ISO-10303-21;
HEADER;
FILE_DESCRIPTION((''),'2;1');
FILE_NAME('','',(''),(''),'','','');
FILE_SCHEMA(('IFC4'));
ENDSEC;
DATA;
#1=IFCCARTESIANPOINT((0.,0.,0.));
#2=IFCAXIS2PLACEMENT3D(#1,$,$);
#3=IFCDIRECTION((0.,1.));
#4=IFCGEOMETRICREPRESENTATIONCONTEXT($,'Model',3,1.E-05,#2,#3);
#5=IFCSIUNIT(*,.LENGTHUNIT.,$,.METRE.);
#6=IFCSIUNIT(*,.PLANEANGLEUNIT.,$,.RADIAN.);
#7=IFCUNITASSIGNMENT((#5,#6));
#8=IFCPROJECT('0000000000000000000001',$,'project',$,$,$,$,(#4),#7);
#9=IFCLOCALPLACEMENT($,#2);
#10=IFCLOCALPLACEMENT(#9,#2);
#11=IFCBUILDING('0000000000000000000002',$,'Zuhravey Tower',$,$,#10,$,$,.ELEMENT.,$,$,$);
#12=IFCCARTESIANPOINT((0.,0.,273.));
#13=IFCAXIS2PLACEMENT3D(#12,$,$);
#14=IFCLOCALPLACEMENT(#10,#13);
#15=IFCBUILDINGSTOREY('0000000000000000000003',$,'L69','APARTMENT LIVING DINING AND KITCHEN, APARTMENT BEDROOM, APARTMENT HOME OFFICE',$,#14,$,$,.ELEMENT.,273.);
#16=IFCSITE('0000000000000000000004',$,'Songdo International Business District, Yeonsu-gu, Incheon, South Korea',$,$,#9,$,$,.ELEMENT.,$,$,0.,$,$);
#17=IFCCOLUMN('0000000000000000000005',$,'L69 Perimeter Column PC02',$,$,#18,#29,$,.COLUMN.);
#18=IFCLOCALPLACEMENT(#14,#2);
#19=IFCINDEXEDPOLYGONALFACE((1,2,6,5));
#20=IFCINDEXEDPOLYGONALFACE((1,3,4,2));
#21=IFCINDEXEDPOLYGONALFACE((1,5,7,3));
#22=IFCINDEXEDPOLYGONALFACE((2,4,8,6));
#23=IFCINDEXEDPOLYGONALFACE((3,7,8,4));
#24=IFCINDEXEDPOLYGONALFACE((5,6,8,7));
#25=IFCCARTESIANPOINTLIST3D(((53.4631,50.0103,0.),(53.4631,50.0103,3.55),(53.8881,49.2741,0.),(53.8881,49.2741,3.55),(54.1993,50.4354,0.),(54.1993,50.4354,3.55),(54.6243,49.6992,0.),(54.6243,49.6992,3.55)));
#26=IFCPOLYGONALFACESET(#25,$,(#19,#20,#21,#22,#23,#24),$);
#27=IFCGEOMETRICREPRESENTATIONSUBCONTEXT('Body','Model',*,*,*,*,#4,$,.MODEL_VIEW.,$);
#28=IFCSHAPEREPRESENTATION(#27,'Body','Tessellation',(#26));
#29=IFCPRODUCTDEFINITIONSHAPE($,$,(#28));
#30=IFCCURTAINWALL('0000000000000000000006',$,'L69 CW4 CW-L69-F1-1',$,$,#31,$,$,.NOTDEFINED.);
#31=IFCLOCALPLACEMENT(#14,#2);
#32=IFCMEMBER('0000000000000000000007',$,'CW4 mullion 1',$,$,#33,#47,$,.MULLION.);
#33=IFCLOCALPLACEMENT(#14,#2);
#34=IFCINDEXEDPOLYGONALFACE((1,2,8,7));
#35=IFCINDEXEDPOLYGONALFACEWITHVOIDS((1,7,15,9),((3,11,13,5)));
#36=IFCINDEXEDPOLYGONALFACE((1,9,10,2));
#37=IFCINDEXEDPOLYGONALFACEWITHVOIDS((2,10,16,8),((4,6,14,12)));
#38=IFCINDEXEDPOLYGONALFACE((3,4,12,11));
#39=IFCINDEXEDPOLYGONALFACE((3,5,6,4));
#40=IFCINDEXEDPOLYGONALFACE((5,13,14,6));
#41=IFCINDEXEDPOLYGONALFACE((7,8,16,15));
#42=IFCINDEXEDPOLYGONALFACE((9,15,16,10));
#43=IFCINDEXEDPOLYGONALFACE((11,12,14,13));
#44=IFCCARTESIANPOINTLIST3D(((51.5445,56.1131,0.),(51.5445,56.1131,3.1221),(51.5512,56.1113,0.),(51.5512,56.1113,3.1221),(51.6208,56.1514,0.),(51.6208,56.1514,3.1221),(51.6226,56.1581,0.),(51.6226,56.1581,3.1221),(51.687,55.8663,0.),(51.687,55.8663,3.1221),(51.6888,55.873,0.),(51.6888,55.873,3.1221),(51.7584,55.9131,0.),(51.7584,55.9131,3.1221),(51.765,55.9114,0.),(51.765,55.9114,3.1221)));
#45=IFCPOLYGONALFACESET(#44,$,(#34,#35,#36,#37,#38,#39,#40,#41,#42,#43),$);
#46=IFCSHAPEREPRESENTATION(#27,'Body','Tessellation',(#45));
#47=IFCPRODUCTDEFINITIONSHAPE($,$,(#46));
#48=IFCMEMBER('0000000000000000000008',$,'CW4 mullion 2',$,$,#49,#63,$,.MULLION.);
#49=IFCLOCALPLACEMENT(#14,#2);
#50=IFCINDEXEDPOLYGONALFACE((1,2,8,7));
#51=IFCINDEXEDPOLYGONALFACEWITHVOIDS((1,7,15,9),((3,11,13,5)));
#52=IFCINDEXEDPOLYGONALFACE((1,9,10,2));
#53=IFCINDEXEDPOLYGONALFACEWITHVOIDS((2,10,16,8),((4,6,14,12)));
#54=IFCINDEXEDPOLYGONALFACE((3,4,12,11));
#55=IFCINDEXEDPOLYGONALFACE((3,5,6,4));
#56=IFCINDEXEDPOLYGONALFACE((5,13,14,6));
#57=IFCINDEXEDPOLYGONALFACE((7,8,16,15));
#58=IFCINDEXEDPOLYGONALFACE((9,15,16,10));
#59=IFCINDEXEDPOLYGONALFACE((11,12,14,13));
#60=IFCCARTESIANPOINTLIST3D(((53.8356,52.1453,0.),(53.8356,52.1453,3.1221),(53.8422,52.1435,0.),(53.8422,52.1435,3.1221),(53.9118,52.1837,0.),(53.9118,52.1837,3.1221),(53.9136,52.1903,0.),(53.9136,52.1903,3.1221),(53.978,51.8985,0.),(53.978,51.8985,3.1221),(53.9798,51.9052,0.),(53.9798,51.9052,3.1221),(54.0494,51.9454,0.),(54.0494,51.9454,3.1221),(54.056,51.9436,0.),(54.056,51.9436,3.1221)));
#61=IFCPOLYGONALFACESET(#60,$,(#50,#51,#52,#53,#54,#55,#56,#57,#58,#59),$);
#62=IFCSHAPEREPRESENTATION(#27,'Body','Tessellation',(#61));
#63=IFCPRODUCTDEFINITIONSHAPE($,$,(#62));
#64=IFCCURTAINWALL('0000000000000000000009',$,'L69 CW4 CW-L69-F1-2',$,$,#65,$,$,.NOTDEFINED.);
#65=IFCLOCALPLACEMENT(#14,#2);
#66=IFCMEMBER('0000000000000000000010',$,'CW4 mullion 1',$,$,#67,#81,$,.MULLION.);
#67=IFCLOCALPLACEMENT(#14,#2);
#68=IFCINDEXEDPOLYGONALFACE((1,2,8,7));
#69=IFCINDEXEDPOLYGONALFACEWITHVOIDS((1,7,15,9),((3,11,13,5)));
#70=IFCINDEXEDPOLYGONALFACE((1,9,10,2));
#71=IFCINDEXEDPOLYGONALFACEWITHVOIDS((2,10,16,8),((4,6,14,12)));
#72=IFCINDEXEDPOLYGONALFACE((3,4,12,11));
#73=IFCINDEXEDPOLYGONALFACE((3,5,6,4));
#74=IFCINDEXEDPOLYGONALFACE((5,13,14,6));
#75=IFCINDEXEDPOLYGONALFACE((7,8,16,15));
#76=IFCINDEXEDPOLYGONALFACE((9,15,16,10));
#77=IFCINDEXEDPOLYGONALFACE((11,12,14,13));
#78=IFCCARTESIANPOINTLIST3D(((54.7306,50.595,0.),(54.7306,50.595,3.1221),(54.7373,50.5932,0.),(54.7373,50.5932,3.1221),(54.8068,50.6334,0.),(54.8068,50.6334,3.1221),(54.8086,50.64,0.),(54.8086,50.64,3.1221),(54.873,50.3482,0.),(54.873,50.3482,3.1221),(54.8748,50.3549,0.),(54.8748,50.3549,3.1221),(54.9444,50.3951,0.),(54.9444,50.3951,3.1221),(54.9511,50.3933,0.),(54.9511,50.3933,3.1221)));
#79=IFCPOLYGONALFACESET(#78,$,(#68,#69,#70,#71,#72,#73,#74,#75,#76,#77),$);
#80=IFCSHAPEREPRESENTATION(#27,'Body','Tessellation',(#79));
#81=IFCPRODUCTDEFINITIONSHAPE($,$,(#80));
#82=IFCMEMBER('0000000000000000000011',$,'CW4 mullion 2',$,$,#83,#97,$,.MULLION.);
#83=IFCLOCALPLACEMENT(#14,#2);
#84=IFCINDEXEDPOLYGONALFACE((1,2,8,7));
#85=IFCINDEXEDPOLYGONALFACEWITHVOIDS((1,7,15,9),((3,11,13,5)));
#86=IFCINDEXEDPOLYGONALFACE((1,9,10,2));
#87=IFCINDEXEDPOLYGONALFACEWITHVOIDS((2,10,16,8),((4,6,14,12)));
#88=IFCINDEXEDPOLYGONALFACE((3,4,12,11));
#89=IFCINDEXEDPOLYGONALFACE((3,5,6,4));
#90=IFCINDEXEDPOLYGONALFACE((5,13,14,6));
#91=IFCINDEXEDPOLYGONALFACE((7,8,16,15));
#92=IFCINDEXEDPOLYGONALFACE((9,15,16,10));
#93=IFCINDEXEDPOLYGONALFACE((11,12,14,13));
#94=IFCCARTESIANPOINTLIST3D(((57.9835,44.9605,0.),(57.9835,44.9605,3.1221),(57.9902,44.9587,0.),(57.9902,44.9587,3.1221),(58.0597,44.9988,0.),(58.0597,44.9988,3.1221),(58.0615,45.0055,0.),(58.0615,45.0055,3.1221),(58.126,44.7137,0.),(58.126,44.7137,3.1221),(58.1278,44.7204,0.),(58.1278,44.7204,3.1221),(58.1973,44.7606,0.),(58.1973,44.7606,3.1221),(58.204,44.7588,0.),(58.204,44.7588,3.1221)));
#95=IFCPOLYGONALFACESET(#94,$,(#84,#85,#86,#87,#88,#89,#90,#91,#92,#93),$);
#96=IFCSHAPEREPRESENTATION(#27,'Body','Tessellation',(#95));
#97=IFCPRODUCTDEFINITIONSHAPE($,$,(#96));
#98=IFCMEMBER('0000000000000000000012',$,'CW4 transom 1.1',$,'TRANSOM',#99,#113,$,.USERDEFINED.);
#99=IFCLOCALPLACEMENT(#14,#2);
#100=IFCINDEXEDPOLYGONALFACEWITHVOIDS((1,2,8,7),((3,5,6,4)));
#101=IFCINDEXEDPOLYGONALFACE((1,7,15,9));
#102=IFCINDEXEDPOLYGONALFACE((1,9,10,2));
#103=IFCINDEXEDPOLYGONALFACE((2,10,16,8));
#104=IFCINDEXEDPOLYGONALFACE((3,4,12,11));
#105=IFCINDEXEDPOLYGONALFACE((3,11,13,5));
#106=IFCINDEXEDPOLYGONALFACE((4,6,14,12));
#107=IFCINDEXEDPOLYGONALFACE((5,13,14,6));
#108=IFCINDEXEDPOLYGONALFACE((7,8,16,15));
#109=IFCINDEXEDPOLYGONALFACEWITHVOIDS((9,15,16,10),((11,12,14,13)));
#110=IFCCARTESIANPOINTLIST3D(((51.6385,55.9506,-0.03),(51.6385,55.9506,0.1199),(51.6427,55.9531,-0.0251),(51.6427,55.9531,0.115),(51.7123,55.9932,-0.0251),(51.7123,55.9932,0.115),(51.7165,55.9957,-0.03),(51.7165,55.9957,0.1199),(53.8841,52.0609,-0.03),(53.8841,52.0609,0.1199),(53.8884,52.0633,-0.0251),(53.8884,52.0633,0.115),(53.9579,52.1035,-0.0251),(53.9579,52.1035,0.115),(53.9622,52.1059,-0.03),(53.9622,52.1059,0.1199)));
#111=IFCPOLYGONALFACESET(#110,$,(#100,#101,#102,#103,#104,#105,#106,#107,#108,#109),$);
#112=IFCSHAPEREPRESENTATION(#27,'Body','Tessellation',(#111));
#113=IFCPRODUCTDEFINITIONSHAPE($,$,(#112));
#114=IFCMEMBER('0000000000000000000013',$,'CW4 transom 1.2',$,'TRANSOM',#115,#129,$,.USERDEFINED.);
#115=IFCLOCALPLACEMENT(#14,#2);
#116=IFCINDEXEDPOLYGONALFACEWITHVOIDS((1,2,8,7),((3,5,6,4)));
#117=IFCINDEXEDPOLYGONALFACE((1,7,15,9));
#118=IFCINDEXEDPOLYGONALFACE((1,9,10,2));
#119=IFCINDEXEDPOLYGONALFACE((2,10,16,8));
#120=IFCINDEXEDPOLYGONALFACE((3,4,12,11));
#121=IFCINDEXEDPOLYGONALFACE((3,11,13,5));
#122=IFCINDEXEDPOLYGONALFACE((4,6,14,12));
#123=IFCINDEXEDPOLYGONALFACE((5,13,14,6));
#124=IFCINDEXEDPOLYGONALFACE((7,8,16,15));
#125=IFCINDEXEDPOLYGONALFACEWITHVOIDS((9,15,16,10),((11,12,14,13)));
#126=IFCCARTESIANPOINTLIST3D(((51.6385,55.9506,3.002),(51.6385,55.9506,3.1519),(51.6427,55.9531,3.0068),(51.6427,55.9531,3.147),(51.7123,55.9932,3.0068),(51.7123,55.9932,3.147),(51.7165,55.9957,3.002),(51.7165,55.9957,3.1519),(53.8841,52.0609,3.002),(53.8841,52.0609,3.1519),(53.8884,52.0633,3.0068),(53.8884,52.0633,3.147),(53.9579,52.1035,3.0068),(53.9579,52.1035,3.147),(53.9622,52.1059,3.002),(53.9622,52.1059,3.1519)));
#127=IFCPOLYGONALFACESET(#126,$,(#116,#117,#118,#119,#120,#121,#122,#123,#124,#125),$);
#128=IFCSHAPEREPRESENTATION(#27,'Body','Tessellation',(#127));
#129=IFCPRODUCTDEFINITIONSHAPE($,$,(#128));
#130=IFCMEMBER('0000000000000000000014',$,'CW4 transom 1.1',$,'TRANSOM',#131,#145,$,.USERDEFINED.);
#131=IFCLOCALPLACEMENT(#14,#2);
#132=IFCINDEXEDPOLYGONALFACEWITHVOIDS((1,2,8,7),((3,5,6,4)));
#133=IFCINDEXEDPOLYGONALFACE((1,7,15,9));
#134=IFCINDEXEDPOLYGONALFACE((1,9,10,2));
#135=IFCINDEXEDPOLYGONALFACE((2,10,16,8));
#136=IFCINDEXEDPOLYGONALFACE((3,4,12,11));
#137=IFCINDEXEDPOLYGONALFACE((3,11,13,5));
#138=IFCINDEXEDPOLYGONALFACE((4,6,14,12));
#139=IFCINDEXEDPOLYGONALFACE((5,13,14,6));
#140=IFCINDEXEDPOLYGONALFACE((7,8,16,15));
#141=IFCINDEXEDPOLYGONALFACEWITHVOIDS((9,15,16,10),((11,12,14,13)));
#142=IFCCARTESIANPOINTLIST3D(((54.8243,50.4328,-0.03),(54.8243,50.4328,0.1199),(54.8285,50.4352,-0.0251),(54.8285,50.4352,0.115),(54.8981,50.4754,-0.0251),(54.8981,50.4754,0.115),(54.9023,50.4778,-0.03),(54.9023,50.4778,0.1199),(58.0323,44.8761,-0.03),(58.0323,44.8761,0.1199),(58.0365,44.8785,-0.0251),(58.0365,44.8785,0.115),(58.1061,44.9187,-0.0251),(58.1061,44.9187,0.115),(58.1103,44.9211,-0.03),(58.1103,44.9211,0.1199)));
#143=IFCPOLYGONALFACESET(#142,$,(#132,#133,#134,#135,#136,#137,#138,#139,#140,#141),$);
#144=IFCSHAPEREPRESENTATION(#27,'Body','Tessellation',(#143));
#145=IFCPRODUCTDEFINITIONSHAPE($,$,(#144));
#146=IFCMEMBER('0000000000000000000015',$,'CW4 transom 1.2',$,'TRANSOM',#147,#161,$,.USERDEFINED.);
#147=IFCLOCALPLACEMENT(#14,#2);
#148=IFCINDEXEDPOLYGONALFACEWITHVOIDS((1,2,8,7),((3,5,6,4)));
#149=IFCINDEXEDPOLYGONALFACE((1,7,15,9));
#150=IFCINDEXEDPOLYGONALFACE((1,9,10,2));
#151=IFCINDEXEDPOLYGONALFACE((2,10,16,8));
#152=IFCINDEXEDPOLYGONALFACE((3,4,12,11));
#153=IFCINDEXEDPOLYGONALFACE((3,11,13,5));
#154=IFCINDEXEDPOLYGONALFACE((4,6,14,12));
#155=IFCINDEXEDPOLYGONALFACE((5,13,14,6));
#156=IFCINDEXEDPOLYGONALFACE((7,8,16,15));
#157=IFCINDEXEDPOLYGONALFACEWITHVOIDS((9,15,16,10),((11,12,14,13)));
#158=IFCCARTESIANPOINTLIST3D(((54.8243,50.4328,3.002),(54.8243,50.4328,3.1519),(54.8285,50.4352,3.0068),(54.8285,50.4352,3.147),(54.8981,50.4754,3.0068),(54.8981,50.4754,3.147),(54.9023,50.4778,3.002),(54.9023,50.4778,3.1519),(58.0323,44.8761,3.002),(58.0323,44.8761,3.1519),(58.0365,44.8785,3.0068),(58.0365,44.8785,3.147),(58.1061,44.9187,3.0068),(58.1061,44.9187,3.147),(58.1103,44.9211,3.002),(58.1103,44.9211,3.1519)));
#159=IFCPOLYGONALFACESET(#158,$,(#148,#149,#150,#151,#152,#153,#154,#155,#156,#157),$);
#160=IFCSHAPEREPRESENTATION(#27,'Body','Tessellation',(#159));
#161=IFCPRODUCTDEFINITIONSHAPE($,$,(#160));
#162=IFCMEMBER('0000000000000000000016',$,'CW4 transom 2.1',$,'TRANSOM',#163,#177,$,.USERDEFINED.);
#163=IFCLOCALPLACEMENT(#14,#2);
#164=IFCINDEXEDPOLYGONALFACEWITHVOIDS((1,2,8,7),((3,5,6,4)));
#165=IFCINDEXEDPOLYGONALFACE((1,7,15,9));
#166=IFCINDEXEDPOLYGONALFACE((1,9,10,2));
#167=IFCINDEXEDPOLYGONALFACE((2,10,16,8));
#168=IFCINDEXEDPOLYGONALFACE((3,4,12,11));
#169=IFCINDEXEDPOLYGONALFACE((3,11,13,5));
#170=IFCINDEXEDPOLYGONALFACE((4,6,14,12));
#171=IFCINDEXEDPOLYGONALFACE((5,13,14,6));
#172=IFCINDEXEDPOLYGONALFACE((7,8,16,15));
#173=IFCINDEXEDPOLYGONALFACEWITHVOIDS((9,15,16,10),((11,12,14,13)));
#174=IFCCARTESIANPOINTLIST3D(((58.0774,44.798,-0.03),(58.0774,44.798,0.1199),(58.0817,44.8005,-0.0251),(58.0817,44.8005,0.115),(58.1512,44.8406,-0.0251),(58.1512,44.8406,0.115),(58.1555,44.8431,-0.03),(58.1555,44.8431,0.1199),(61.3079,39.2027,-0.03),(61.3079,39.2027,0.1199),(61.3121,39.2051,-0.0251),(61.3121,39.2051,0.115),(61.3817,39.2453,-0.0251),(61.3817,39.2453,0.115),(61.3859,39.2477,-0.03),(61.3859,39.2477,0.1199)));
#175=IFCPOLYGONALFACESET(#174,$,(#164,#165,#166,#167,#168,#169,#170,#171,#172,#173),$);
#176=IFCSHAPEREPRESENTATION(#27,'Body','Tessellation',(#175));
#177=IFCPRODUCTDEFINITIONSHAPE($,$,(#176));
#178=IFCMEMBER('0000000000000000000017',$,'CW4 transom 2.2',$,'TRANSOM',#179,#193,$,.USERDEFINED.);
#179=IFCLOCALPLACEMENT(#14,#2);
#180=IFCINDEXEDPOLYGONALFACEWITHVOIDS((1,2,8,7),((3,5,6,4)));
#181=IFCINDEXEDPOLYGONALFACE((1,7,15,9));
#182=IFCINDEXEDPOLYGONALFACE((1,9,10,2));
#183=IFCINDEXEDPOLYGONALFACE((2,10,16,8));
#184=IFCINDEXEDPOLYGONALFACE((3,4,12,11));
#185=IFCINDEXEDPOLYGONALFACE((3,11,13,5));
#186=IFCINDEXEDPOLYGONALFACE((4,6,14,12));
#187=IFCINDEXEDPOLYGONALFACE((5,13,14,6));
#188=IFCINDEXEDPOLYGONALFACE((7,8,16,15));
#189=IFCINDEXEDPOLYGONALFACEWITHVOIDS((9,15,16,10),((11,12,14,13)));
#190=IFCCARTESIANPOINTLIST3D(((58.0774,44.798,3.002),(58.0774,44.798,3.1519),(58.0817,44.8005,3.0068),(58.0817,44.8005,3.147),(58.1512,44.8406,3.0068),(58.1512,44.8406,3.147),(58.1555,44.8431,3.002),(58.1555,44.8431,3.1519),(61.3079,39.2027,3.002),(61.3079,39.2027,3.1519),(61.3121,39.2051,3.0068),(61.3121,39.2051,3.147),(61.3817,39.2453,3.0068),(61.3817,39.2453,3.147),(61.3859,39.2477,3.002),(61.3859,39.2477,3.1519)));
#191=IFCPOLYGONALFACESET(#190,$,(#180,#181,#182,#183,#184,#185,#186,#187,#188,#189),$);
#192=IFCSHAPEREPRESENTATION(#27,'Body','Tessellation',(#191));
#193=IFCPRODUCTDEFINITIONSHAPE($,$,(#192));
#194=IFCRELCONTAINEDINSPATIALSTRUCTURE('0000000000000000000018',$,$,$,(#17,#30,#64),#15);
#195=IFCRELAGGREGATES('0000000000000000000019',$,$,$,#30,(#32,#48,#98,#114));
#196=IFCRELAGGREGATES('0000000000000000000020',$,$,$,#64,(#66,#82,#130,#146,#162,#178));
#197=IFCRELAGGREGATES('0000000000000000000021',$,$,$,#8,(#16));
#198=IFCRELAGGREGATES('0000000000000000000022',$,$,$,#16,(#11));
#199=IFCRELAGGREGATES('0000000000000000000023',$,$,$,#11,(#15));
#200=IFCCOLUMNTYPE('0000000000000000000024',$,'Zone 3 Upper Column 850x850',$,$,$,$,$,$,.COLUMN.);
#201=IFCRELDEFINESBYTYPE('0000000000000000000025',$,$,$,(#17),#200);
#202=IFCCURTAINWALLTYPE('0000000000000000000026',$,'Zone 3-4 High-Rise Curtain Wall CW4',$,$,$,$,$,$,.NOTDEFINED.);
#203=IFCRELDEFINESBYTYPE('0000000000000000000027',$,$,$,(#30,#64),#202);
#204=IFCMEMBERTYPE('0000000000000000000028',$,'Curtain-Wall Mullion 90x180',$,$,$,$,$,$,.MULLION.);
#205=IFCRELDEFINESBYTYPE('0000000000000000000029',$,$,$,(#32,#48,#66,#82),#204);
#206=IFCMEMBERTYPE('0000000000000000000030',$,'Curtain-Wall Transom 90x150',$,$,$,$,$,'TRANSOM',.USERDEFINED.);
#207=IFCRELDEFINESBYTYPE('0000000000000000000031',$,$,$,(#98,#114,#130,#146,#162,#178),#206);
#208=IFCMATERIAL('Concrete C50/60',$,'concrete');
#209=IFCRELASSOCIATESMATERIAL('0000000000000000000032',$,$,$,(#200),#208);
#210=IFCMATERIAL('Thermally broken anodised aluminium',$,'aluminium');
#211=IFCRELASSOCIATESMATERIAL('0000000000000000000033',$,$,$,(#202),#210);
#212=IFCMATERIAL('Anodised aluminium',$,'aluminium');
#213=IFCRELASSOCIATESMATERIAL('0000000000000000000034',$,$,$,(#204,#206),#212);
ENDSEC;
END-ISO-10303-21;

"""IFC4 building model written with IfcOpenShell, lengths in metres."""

from ifc_helpers import new_model, si_unit, direction, frame, origin, origin_2d, place, context, subcontext, project, spatial, rectangle, hollow_rectangle, extrude, material, material_profile, profile_set, type_object, element, aggregate, save


model = new_model("IFC4")

# Units and contexts
model_context = context("Model", 3, precision=1e-05, world=origin(), true_north=direction((0.0, 1.0)))
body_context = subcontext(model_context, "Body", "Model", "MODEL_VIEW")
ifc_project = project(units=[si_unit("LENGTHUNIT", "METRE"), si_unit("PLANEANGLEUNIT", "RADIAN")], contexts=[model_context])

# Site, building, storey
site_placement = place(None, origin())
site = spatial("IfcSite", under=ifc_project, at=site_placement, Name="Songdo International Business District, Yeonsu-gu, Incheon, South Korea", CompositionType="ELEMENT", RefElevation=0.0)
building_placement = place(site_placement, origin())
building = spatial("IfcBuilding", under=site, at=building_placement, Name="Zuhravey Tower", CompositionType="ELEMENT")
storey_placement = place(building_placement, frame((0.0, 0.0, 273.0)))
storey = spatial("IfcBuildingStorey", under=building, at=storey_placement, Name="L69", Description="APARTMENT LIVING DINING AND KITCHEN, APARTMENT BEDROOM, APARTMENT HOME OFFICE", CompositionType="ELEMENT", Elevation=273.0)

# Column
ifc_material_1 = material(Name="Concrete C50/60", Category="concrete")
ifc_material_profile_1 = material_profile(ifc_material_1, rectangle(XDim=0.8501, YDim=0.8501, at=origin_2d()), Name="RC-850x850")
ifc_profile_set_1 = profile_set([ifc_material_profile_1], Name="Concrete C50/60")
column_type = type_object("IfcColumnType", Name="Zone 3 Upper Column 850x850", PredefinedType="COLUMN", material=ifc_profile_set_1)
column_placement = place(storey_placement, frame((54.0437, 49.8547, 0.0), z_axis=(0.0, 0.0, 1.0), x_axis=(-0.5, 0.866025, 0.0)))
element("IfcColumn", 1, at=column_placement, inside=storey, type_object=column_type, Name="L69 Perimeter Column PC02", PredefinedType="COLUMN", context=body_context, shape_type="SweptSolid", body=[
    extrude(rectangle(XDim=0.8501, YDim=0.8501, at=origin_2d()), origin(), (0.0, 0.0, 1.0), 3.55),
])

# Curtain walls, members
ifc_material_2 = material(Name="Thermally broken anodised aluminium", Category="aluminium")
curtain_wall_type = type_object("IfcCurtainWallType", Name="Zone 3-4 High-Rise Curtain Wall CW4", PredefinedType="NOTDEFINED", material=ifc_material_2)
curtain_wall_1_placement = place(storey_placement, origin())
curtain_wall_1 = element("IfcCurtainWall", 2, at=curtain_wall_1_placement, inside=storey, type_object=curtain_wall_type, Name="L69 CW4 CW-L69-F1-1", PredefinedType="NOTDEFINED")
ifc_material_3 = material(Name="Anodised aluminium", Category="aluminium")
ifc_material_profile_2 = material_profile(ifc_material_3, hollow_rectangle(XDim=0.0901, YDim=0.2849, WallThickness=0.0049, at=origin_2d()), Name="ALU-RHS-90x285x5")
ifc_profile_set_2 = profile_set([ifc_material_profile_2], Name="Anodised aluminium")
member_type_1 = type_object("IfcMemberType", Name="Curtain-Wall Mullion 90x180", PredefinedType="MULLION", material=ifc_profile_set_2)
member_1_placement = place(storey_placement, frame((51.6548, 56.0122, 0.0), z_axis=(0.0, 0.0, 1.0), x_axis=(0.866019, 0.500012, 0.0)))
member_1 = element("IfcMember", 3, at=member_1_placement, type_object=member_type_1, Name="CW4 mullion 1", PredefinedType="MULLION", context=body_context, shape_type="SweptSolid", body=[
    extrude(hollow_rectangle(XDim=0.0901, YDim=0.2849, WallThickness=0.0049, at=origin_2d()), origin(), (0.0, 0.0, 1.0), 3.1221),
])
member_2_placement = place(storey_placement, frame((53.9458, 52.0444, 0.0), z_axis=(0.0, 0.0, 1.0), x_axis=(0.866019, 0.500012, 0.0)))
member_2 = element("IfcMember", 4, at=member_2_placement, type_object=member_type_1, Name="CW4 mullion 2", PredefinedType="MULLION", context=body_context, shape_type="SweptSolid", body=[
    extrude(hollow_rectangle(XDim=0.0901, YDim=0.2849, WallThickness=0.0049, at=origin_2d()), origin(), (0.0, 0.0, 1.0), 3.1221),
])
curtain_wall_2_placement = place(storey_placement, origin())
curtain_wall_2 = element("IfcCurtainWall", 5, at=curtain_wall_2_placement, inside=storey, type_object=curtain_wall_type, Name="L69 CW4 CW-L69-F1-2", PredefinedType="NOTDEFINED")
member_3_placement = place(storey_placement, frame((54.8408, 50.4941, 0.0), z_axis=(0.0, 0.0, 1.0), x_axis=(0.866026, 0.5, 0.0)))
member_3 = element("IfcMember", 6, at=member_3_placement, type_object=member_type_1, Name="CW4 mullion 1", PredefinedType="MULLION", context=body_context, shape_type="SweptSolid", body=[
    extrude(hollow_rectangle(XDim=0.0901, YDim=0.2849, WallThickness=0.0049, at=origin_2d()), origin(), (0.0, 0.0, 1.0), 3.1221),
])
member_4_placement = place(storey_placement, frame((58.0938, 44.8596, 0.0), z_axis=(0.0, 0.0, 1.0), x_axis=(0.866026, 0.5, 0.0)))
member_4 = element("IfcMember", 7, at=member_4_placement, type_object=member_type_1, Name="CW4 mullion 2", PredefinedType="MULLION", context=body_context, shape_type="SweptSolid", body=[
    extrude(hollow_rectangle(XDim=0.0901, YDim=0.2849, WallThickness=0.0049, at=origin_2d()), origin(), (0.0, 0.0, 1.0), 3.1221),
])

# Members
ifc_material_profile_3 = material_profile(ifc_material_3, hollow_rectangle(XDim=0.0901, YDim=0.1499, WallThickness=0.0049, at=origin_2d()), Name="ALU-RHS-90x150x5")
ifc_profile_set_3 = profile_set([ifc_material_profile_3], Name="Anodised aluminium")
member_type_2 = type_object("IfcMemberType", Name="Curtain-Wall Transom 90x150", ElementType="TRANSOM", PredefinedType="USERDEFINED", material=ifc_profile_set_3)
member_5_placement = place(storey_placement, frame((51.6775, 55.9731, 0.0449), z_axis=(0.499986, -0.866034, 0.0), x_axis=(0.866034, 0.499986, 0.0)))
member_5 = element("IfcMember", 8, at=member_5_placement, type_object=member_type_2, Name="CW4 transom 1.1", ObjectType="TRANSOM", PredefinedType="USERDEFINED", context=body_context, shape_type="SweptSolid", body=[
    extrude(hollow_rectangle(XDim=0.0901, YDim=0.1499, WallThickness=0.0049, at=origin_2d()), origin(), (0.0, 0.0, 1.0), 4.4915),
])
member_6_placement = place(storey_placement, frame((51.6775, 55.9731, 3.0769), z_axis=(0.499986, -0.866034, 0.0), x_axis=(0.866034, 0.499986, 0.0)))
member_6 = element("IfcMember", 9, at=member_6_placement, type_object=member_type_2, Name="CW4 transom 1.2", ObjectType="TRANSOM", PredefinedType="USERDEFINED", context=body_context, shape_type="SweptSolid", body=[
    extrude(hollow_rectangle(XDim=0.0901, YDim=0.1499, WallThickness=0.0049, at=origin_2d()), origin(), (0.0, 0.0, 1.0), 4.4915),
])
member_7_placement = place(storey_placement, frame((54.8633, 50.4553, 0.0449), z_axis=(0.499986, -0.866034, 0.0), x_axis=(0.866034, 0.499986, 0.0)))
member_7 = element("IfcMember", 10, at=member_7_placement, type_object=member_type_2, Name="CW4 transom 1.1", ObjectType="TRANSOM", PredefinedType="USERDEFINED", context=body_context, shape_type="SweptSolid", body=[
    extrude(hollow_rectangle(XDim=0.0901, YDim=0.1499, WallThickness=0.0049, at=origin_2d()), origin(), (0.0, 0.0, 1.0), 6.4163),
])
member_8_placement = place(storey_placement, frame((54.8633, 50.4553, 3.0769), z_axis=(0.499986, -0.866034, 0.0), x_axis=(0.866034, 0.499986, 0.0)))
member_8 = element("IfcMember", 11, at=member_8_placement, type_object=member_type_2, Name="CW4 transom 1.2", ObjectType="TRANSOM", PredefinedType="USERDEFINED", context=body_context, shape_type="SweptSolid", body=[
    extrude(hollow_rectangle(XDim=0.0901, YDim=0.1499, WallThickness=0.0049, at=origin_2d()), origin(), (0.0, 0.0, 1.0), 6.4163),
])
member_9_placement = place(storey_placement, frame((58.1165, 44.8206, 0.0449), z_axis=(0.499992, -0.86603, 0.0), x_axis=(0.86603, 0.499992, 0.0)))
member_9 = element("IfcMember", 12, at=member_9_placement, type_object=member_type_2, Name="CW4 transom 2.1", ObjectType="TRANSOM", PredefinedType="USERDEFINED", context=body_context, shape_type="SweptSolid", body=[
    extrude(hollow_rectangle(XDim=0.0901, YDim=0.1499, WallThickness=0.0049, at=origin_2d()), origin(), (0.0, 0.0, 1.0), 6.4609),
])
member_10_placement = place(storey_placement, frame((58.1165, 44.8206, 3.0769), z_axis=(0.499992, -0.86603, 0.0), x_axis=(0.86603, 0.499992, 0.0)))
member_10 = element("IfcMember", 13, at=member_10_placement, type_object=member_type_2, Name="CW4 transom 2.2", ObjectType="TRANSOM", PredefinedType="USERDEFINED", context=body_context, shape_type="SweptSolid", body=[
    extrude(hollow_rectangle(XDim=0.0901, YDim=0.1499, WallThickness=0.0049, at=origin_2d()), origin(), (0.0, 0.0, 1.0), 6.4609),
])

aggregate(curtain_wall_1, [member_1, member_2, member_5, member_6])
aggregate(curtain_wall_2, [member_3, member_4, member_7, member_8, member_9, member_10])

save(model, "model.ifc")
